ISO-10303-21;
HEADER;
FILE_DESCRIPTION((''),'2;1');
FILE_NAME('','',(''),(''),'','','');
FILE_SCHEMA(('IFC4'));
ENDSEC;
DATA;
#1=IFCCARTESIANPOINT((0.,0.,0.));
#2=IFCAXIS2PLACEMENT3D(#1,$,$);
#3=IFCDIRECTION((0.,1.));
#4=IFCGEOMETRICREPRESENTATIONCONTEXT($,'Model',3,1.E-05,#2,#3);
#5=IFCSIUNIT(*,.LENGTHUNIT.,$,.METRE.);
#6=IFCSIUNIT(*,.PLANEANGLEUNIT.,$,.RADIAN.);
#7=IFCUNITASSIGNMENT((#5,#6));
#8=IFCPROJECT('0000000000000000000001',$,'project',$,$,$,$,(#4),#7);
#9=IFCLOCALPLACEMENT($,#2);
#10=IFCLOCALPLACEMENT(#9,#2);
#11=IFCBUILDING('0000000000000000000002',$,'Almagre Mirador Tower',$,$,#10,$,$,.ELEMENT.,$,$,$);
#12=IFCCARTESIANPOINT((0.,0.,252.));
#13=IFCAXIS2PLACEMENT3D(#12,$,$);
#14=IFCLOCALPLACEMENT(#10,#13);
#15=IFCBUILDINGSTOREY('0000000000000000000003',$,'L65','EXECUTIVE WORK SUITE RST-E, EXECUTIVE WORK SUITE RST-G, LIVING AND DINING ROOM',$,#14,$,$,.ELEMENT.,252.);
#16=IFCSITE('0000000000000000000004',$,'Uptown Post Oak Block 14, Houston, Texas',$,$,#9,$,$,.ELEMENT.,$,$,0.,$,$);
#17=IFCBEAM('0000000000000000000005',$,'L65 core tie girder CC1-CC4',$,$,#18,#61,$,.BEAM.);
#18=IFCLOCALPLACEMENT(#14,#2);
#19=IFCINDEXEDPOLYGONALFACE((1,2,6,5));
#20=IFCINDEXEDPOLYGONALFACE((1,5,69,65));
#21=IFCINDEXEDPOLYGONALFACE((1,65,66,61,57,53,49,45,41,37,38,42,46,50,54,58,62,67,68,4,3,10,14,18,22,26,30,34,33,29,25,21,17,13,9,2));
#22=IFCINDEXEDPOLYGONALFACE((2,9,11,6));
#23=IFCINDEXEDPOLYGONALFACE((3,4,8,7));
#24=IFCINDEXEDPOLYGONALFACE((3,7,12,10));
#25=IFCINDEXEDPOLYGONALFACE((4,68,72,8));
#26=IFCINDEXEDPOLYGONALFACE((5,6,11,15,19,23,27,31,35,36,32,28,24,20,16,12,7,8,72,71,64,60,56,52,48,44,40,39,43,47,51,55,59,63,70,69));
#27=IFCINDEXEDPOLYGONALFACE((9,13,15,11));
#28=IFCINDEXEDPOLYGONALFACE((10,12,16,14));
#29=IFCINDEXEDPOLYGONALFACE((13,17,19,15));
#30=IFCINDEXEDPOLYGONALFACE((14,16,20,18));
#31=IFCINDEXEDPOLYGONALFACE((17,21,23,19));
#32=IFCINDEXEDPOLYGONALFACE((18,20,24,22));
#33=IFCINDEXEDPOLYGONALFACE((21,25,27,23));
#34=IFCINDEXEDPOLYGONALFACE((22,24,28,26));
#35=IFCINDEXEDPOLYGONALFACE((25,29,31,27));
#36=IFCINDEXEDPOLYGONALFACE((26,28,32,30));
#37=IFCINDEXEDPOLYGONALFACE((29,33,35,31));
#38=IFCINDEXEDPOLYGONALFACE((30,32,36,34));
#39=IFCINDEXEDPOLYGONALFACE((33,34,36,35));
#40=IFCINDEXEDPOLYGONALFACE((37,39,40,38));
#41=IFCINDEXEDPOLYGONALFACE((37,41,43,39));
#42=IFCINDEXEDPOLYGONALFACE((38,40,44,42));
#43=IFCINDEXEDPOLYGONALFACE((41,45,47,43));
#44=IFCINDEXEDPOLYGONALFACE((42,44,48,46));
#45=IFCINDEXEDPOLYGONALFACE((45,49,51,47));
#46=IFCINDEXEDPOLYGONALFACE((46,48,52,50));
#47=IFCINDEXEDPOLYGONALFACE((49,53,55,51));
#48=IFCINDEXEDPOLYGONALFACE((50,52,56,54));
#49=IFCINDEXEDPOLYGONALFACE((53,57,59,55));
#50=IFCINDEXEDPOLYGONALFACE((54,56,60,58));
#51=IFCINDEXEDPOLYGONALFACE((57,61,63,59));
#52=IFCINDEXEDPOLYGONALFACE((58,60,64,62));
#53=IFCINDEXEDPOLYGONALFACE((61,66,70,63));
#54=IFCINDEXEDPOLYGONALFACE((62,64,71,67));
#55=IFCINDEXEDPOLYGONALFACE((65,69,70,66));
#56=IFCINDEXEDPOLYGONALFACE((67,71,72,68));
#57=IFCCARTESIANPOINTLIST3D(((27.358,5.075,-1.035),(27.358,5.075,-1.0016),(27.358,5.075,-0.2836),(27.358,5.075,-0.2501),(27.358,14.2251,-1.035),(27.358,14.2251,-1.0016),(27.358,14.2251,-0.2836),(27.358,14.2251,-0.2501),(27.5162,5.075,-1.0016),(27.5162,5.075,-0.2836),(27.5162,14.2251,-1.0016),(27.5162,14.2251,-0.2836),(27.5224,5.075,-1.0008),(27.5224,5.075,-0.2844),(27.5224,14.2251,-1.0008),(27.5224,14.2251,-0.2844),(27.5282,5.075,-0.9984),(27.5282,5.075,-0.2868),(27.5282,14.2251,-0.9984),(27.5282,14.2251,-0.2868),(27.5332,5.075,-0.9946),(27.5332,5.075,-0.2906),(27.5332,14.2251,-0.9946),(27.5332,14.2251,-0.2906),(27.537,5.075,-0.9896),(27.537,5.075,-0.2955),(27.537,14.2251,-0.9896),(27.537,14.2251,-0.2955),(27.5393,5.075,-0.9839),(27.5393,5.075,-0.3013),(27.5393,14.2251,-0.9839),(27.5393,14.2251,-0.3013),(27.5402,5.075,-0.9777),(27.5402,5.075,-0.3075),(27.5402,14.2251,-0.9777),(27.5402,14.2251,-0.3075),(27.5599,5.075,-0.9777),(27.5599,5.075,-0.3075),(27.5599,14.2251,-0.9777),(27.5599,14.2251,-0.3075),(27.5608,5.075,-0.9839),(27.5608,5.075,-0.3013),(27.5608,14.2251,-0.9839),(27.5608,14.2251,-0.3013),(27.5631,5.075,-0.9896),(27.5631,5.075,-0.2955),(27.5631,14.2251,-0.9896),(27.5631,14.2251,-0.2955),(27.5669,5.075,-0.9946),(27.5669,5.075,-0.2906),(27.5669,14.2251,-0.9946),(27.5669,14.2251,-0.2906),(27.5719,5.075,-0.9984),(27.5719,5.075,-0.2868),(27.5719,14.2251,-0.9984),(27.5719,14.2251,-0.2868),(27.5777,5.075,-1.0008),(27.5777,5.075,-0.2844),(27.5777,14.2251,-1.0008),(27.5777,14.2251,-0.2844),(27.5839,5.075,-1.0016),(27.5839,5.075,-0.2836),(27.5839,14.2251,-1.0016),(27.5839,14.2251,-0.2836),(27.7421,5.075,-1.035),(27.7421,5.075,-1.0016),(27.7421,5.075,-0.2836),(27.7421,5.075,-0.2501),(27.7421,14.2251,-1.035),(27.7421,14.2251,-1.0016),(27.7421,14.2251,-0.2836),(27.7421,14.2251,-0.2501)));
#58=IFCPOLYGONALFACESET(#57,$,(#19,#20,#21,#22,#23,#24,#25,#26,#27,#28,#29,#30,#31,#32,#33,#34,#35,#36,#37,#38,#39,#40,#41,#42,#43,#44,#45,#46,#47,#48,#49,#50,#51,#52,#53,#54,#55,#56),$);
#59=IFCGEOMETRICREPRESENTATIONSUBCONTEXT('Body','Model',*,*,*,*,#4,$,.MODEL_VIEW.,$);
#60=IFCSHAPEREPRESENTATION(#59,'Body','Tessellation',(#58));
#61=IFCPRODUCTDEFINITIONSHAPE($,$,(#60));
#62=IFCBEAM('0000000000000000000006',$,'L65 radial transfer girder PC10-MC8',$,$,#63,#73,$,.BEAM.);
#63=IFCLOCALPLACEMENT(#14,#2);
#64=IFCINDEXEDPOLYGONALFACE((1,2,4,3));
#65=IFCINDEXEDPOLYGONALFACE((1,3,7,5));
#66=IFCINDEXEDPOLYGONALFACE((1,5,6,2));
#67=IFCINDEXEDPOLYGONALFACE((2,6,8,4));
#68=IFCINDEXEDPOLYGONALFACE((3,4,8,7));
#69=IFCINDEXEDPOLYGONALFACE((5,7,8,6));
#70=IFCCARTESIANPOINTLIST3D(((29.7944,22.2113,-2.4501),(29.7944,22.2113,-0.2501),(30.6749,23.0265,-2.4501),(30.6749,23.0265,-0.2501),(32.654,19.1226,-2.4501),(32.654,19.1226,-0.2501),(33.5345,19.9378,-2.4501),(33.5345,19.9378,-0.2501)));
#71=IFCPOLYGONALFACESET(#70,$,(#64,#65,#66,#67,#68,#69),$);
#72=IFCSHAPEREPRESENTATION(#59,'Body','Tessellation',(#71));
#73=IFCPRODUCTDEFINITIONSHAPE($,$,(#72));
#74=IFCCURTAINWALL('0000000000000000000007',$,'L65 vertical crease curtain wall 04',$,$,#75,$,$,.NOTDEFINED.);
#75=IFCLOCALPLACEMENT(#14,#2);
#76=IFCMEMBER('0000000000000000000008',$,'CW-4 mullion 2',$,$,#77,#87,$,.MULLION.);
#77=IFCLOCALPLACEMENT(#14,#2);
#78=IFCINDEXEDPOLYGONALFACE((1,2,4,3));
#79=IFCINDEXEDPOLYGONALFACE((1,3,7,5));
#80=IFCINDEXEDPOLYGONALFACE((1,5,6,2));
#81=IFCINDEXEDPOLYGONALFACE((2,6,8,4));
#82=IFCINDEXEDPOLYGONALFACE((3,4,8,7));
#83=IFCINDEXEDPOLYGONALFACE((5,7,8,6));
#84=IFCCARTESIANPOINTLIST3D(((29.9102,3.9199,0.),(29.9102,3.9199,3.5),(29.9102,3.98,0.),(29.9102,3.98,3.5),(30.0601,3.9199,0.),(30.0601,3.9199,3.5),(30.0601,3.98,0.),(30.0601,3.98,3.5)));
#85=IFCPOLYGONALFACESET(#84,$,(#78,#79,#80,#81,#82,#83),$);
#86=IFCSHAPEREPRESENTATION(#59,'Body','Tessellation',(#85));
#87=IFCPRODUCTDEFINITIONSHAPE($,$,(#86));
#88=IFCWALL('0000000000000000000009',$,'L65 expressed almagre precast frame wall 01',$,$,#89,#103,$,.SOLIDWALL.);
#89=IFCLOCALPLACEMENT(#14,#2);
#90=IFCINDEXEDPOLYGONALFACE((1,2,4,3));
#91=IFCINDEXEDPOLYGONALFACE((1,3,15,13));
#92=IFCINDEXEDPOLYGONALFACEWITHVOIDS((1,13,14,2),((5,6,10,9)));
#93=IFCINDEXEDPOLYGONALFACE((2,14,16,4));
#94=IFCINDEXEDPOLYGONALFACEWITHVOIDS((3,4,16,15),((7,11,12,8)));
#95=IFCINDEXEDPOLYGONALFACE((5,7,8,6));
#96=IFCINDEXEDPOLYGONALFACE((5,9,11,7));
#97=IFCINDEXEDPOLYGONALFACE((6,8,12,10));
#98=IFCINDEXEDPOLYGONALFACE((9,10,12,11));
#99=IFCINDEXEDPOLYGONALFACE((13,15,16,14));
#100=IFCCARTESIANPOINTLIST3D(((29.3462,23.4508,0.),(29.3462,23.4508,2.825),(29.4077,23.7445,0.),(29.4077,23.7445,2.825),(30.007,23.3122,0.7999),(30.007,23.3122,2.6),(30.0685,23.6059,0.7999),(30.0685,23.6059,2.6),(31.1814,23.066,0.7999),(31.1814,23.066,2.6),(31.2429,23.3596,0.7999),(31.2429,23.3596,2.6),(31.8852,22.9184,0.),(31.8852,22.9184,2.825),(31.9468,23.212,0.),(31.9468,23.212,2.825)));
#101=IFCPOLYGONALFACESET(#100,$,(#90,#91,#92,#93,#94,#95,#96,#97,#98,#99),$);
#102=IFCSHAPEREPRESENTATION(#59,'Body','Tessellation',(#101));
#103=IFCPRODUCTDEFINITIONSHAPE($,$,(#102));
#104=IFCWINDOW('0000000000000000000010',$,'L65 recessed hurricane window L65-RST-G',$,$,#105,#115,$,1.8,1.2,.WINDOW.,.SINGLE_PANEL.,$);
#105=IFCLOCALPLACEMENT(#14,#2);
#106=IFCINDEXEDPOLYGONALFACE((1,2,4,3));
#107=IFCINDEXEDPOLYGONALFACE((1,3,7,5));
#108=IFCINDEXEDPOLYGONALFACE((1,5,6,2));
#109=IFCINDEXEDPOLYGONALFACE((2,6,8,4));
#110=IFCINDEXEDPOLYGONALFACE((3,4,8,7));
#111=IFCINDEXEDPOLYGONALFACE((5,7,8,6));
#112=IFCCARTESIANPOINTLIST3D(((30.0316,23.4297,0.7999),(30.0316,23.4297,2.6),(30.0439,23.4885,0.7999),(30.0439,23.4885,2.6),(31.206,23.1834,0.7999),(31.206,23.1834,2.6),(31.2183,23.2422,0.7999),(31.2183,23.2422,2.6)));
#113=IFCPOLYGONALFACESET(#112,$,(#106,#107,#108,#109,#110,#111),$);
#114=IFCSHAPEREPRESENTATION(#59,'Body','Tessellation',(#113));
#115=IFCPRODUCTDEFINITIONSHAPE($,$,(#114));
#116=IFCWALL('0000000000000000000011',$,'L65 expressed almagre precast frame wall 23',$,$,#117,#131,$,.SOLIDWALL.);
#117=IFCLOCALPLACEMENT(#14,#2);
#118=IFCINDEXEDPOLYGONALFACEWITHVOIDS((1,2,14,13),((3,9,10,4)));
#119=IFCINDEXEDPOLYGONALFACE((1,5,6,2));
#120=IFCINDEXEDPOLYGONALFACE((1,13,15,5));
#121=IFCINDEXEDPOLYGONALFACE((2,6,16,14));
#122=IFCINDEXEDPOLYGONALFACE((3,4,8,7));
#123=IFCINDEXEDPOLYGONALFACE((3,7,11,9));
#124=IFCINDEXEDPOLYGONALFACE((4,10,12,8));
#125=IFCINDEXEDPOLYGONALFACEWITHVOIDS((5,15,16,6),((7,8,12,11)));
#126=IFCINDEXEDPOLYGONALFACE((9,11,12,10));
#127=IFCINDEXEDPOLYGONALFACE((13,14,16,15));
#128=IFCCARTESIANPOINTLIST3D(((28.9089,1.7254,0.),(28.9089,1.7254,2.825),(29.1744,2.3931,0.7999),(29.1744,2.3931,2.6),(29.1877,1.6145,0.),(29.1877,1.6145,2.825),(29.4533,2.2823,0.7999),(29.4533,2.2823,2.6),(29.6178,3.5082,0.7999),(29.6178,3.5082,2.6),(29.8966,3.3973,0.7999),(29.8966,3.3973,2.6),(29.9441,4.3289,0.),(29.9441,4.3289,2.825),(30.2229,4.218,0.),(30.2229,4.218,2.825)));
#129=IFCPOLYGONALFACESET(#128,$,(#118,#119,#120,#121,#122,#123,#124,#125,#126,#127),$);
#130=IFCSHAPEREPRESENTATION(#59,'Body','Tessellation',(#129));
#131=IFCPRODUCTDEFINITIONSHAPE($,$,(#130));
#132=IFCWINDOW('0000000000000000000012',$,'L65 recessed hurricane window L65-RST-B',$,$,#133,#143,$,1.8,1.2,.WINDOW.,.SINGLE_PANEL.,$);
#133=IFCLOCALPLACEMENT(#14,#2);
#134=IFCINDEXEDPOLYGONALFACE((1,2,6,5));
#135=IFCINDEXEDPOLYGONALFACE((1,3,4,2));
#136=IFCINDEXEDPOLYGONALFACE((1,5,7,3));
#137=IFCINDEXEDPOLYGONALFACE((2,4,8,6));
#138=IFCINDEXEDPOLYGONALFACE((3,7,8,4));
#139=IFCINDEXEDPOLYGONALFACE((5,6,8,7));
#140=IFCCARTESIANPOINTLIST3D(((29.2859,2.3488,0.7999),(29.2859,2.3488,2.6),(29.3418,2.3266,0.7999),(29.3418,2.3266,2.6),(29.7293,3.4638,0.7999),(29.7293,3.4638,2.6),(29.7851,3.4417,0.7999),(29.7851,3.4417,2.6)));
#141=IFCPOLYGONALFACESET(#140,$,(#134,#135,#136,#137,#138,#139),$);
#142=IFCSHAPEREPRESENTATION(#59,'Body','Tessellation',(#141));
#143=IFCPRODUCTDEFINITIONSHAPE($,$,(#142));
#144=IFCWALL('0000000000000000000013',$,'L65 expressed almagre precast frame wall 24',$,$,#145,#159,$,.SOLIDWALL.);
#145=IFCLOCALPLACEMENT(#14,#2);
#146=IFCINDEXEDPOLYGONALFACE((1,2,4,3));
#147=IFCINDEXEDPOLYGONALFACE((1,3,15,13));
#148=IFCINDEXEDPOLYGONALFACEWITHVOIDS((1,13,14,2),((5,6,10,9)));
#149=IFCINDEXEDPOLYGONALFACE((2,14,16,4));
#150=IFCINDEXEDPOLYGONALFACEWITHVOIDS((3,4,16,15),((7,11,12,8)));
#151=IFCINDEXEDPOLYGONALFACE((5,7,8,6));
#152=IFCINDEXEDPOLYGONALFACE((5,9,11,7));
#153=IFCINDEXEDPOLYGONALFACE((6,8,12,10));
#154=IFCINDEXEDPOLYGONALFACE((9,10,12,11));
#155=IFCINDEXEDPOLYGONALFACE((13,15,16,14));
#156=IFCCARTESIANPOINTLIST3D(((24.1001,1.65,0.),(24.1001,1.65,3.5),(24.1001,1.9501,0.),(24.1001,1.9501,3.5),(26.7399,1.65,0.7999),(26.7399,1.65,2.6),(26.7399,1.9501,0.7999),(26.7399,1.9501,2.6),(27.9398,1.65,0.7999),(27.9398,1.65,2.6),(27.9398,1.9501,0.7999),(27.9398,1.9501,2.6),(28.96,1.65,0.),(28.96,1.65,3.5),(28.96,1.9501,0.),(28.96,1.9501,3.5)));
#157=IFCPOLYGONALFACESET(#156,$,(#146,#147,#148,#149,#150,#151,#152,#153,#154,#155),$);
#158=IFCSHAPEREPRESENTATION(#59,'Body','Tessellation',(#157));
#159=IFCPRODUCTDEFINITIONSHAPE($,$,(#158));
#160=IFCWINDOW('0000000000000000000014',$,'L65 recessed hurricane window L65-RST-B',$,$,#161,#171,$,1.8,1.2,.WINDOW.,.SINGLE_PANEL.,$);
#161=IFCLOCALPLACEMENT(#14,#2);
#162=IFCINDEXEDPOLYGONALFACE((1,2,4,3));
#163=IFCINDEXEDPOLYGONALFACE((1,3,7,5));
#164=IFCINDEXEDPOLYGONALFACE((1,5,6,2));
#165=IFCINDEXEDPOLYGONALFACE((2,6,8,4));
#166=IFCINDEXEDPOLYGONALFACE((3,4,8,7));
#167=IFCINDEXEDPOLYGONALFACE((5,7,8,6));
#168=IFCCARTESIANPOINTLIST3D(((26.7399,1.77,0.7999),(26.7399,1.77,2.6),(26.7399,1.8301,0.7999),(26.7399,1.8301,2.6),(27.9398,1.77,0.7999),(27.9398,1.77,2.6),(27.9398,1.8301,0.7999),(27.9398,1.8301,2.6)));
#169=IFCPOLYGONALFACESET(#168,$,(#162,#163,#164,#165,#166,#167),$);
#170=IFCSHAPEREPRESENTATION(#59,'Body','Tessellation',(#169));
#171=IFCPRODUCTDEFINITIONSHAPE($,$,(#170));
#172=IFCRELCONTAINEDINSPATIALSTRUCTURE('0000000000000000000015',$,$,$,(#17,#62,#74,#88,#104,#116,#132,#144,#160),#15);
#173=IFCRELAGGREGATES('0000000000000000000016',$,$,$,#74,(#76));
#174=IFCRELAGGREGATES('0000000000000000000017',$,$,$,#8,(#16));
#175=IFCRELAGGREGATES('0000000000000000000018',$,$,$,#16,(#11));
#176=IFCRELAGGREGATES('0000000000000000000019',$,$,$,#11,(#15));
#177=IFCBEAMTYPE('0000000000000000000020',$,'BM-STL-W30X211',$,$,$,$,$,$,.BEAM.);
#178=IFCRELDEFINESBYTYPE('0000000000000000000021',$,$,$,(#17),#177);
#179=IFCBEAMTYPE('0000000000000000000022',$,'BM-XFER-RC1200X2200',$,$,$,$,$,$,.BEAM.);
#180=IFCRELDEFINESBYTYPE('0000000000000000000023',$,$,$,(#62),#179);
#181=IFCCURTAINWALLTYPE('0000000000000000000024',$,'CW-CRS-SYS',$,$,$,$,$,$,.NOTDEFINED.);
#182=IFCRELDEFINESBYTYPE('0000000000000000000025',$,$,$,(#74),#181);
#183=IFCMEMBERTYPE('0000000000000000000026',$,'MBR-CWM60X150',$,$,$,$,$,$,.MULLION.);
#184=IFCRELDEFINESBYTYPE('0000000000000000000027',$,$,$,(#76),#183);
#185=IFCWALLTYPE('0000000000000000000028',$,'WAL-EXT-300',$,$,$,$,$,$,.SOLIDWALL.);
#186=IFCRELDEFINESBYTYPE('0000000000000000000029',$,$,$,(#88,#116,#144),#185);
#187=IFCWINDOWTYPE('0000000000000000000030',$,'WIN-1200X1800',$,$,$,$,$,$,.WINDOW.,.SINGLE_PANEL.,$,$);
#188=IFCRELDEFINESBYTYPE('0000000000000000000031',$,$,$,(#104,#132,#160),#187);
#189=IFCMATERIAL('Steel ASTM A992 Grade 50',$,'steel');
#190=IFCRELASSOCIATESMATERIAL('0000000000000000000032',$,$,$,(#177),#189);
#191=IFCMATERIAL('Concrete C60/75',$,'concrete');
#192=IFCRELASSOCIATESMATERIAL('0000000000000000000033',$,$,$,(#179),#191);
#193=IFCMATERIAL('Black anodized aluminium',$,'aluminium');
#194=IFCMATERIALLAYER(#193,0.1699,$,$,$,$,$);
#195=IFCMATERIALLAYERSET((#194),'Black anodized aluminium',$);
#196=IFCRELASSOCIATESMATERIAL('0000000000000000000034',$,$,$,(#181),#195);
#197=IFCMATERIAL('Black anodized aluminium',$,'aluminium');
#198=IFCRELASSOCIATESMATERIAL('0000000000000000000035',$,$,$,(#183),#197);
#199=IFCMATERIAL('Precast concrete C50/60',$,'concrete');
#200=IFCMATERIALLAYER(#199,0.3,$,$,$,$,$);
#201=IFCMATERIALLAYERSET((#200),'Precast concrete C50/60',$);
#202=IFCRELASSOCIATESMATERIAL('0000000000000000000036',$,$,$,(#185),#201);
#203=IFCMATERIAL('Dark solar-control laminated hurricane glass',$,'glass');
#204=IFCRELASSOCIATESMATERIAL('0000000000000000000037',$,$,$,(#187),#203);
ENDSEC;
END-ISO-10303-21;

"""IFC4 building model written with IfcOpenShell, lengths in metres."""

from ifc_helpers import new_model, si_unit, direction, frame, frame_2d, origin, origin_2d, place, context, subcontext, project, spatial, rectangle, i_section, extrude, material, layer, layer_set, material_profile, profile_set, type_object, element, fill, aggregate, save


model = new_model("IFC4")

# Units and contexts
model_context = context("Model", 3, precision=1e-05, world=origin(), true_north=direction((0.0, 1.0)))
body_context = subcontext(model_context, "Body", "Model", "MODEL_VIEW")
ifc_project = project(units=[si_unit("LENGTHUNIT", "METRE"), si_unit("PLANEANGLEUNIT", "RADIAN")], contexts=[model_context])

# Site, building, storey
site_placement = place(None, origin())
site = spatial("IfcSite", under=ifc_project, at=site_placement, Name="Uptown Post Oak Block 14, Houston, Texas", CompositionType="ELEMENT", RefElevation=0.0)
building_placement = place(site_placement, origin())
building = spatial("IfcBuilding", under=site, at=building_placement, Name="Almagre Mirador Tower", CompositionType="ELEMENT")
storey_placement = place(building_placement, frame((0.0, 0.0, 252.0)))
storey = spatial("IfcBuildingStorey", under=building, at=storey_placement, Name="L65", Description="EXECUTIVE WORK SUITE RST-E, EXECUTIVE WORK SUITE RST-G, LIVING AND DINING ROOM", CompositionType="ELEMENT", Elevation=252.0)

# Beams
ifc_material_1 = material(Name="Steel ASTM A992 Grade 50", Category="steel")
ifc_material_profile_1 = material_profile(ifc_material_1, i_section(OverallWidth=0.384, OverallDepth=0.7849, WebThickness=0.0198, FlangeThickness=0.0334, FilletRadius=0.0239, at=origin_2d()), Name="W30X211")
ifc_profile_set_1 = profile_set([ifc_material_profile_1], Name="Steel ASTM A992 Grade 50")
beam_type_1 = type_object("IfcBeamType", Name="BM-STL-W30X211", PredefinedType="BEAM", material=ifc_profile_set_1)
beam_1_placement = place(storey_placement, frame((27.55, 5.075, -0.6426), z_axis=(0.0, 1.0, 0.0), x_axis=(-1.0, 0.0, 0.0)))
element("IfcBeam", 1, at=beam_1_placement, inside=storey, type_object=beam_type_1, Name="L65 core tie girder CC1-CC4", PredefinedType="BEAM", context=body_context, shape_type="SweptSolid", body=[
    extrude(i_section(OverallWidth=0.384, OverallDepth=0.7849, WebThickness=0.0198, FlangeThickness=0.0334, FilletRadius=0.0239, at=origin_2d()), origin(), (0.0, 0.0, 1.0), 9.1501),
])
ifc_material_2 = material(Name="Concrete C60/75", Category="concrete")
ifc_material_profile_2 = material_profile(ifc_material_2, rectangle(XDim=1.2, YDim=2.2, at=origin_2d()), Name="RC1200X2200")
ifc_profile_set_2 = profile_set([ifc_material_profile_2], Name="Concrete C60/75")
beam_type_2 = type_object("IfcBeamType", Name="BM-XFER-RC1200X2200", PredefinedType="BEAM", material=ifc_profile_set_2)
beam_2_placement = place(storey_placement, frame((30.2346, 22.6189, -1.3501), z_axis=(0.67938, -0.733786, 0.0), x_axis=(0.733786, 0.67938, 0.0)))
element("IfcBeam", 2, at=beam_2_placement, inside=storey, type_object=beam_type_2, Name="L65 radial transfer girder PC10-MC8", PredefinedType="BEAM", context=body_context, shape_type="SweptSolid", body=[
    extrude(rectangle(XDim=1.2, YDim=2.2, at=origin_2d()), origin(), (0.0, 0.0, 1.0), 4.2092),
])

# Curtain wall, member
ifc_material_3 = material(Name="Black anodized aluminium", Category="aluminium")
ifc_layer_1 = layer(ifc_material_3, 0.1699)
ifc_layer_set_1 = layer_set([ifc_layer_1], Name="Black anodized aluminium")
curtain_wall_type = type_object("IfcCurtainWallType", Name="CW-CRS-SYS", PredefinedType="NOTDEFINED", material=ifc_layer_set_1)
curtain_wall_placement = place(storey_placement, origin())
curtain_wall = element("IfcCurtainWall", 3, at=curtain_wall_placement, inside=storey, type_object=curtain_wall_type, Name="L65 vertical crease curtain wall 04", PredefinedType="NOTDEFINED")
ifc_material_4 = material(Name="Black anodized aluminium", Category="aluminium")
ifc_material_profile_3 = material_profile(ifc_material_4, rectangle(XDim=0.0601, YDim=0.1499, at=origin_2d()), Name="CWM60X150")
ifc_profile_set_3 = profile_set([ifc_material_profile_3], Name="Black anodized aluminium")
member_type = type_object("IfcMemberType", Name="MBR-CWM60X150", PredefinedType="MULLION", material=ifc_profile_set_3)
member_placement = place(storey_placement, frame((29.9851, 3.95, 0.0), z_axis=(0.0, 0.0, 1.0), x_axis=(0.0, -1.0, 0.0)))
member = element("IfcMember", 4, at=member_placement, type_object=member_type, Name="CW-4 mullion 2", PredefinedType="MULLION", context=body_context, shape_type="SweptSolid", body=[
    extrude(rectangle(XDim=0.0601, YDim=0.1499, at=origin_2d()), origin(), (0.0, 0.0, 1.0), 3.5),
])
aggregate(curtain_wall, [member])

# Walls, openings, windows
ifc_material_5 = material(Name="Precast concrete C50/60", Category="concrete")
ifc_layer_2 = layer(ifc_material_5, 0.3)
ifc_layer_set_2 = layer_set([ifc_layer_2], Name="Precast concrete C50/60")
wall_type_1 = type_object("IfcWallType", Name="WAL-EXT-300", PredefinedType="SOLIDWALL", material=ifc_layer_set_2)
wall_1_placement = place(storey_placement, frame((29.377, 23.5977, 0.0), z_axis=(0.0, 0.0, 1.0), x_axis=(0.97871, -0.205247, 0.0)))
wall_1 = element("IfcWall", 5, at=wall_1_placement, inside=storey, type_object=wall_type_1, Name="L65 expressed almagre precast frame wall 01", PredefinedType="SOLIDWALL", context=body_context, shape_type="SweptSolid", body=[
    extrude(rectangle(XDim=2.5942, YDim=0.3, at=frame_2d((1.2971, 0.0))), origin(), (0.0, 0.0, 1.0), 2.825),
])
opening_1_placement = place(wall_1_placement, frame((0.675, 0.0, 0.8)))
opening_1 = element("IfcOpeningElement", 6, at=opening_1_placement, cuts=wall_1, PredefinedType="OPENING", context=body_context, shape_type="SweptSolid", body=[
    extrude(rectangle(XDim=1.2, YDim=1.8, at=frame_2d((0.6001, 0.8999))), frame((0.0, 0.1599, 0.0), z_axis=(0.0, -1.0, 0.0), x_axis=(1.0, 0.0, 0.0)), (0.0, 0.0, 1.0), 0.32),
])
ifc_material_6 = material(Name="Dark solar-control laminated hurricane glass", Category="glass")
window_type_1 = type_object("IfcWindowType", Name="WIN-1200X1800", PartitioningType="SINGLE_PANEL", PredefinedType="WINDOW", material=ifc_material_6)
window_1_placement = place(opening_1_placement, origin())
window_1 = element("IfcWindow", 7, at=window_1_placement, inside=storey, type_object=window_type_1, Name="L65 recessed hurricane window L65-RST-G", OverallHeight=1.8, OverallWidth=1.2, PartitioningType="SINGLE_PANEL", PredefinedType="WINDOW", context=body_context, shape_type="SweptSolid", body=[
    extrude(rectangle(XDim=1.2, YDim=1.8, at=frame_2d((0.6001, 0.8999))), frame((0.0, 0.03, 0.0), z_axis=(0.0, -1.0, 0.0), x_axis=(1.0, 0.0, 0.0)), (0.0, 0.0, 1.0), 0.0601),
])
fill(opening_1, window_1)
wall_2_placement = place(storey_placement, frame((30.0835, 4.2734, 0.0), z_axis=(0.0, 0.0, 1.0), x_axis=(-0.369467, -0.929244, 0.0)))
wall_2 = element("IfcWall", 8, at=wall_2_placement, inside=storey, type_object=wall_type_1, Name="L65 expressed almagre precast frame wall 23", PredefinedType="SOLIDWALL", context=body_context, shape_type="SweptSolid", body=[
    extrude(rectangle(XDim=2.8018, YDim=0.3, at=frame_2d((1.4009, 0.0))), origin(), (0.0, 0.0, 1.0), 2.825),
])
opening_2_placement = place(wall_2_placement, frame((0.8831, 0.0, 0.8)))
opening_2 = element("IfcOpeningElement", 9, at=opening_2_placement, cuts=wall_2, PredefinedType="OPENING", context=body_context, shape_type="SweptSolid", body=[
    extrude(rectangle(XDim=1.2, YDim=1.8, at=frame_2d((0.6001, 0.8999))), frame((0.0, 0.1599, 0.0), z_axis=(0.0, -1.0, 0.0), x_axis=(1.0, 0.0, 0.0)), (0.0, 0.0, 1.0), 0.32),
])
window_2_placement = place(opening_2_placement, origin())
window_2 = element("IfcWindow", 10, at=window_2_placement, inside=storey, type_object=window_type_1, Name="L65 recessed hurricane window L65-RST-B", OverallHeight=1.8, OverallWidth=1.2, PartitioningType="SINGLE_PANEL", PredefinedType="WINDOW", context=body_context, shape_type="SweptSolid", body=[
    extrude(rectangle(XDim=1.2, YDim=1.8, at=frame_2d((0.6001, 0.8999))), frame((0.0, 0.03, 0.0), z_axis=(0.0, -1.0, 0.0), x_axis=(1.0, 0.0, 0.0)), (0.0, 0.0, 1.0), 0.0601),
])
fill(opening_2, window_2)
wall_3_placement = place(storey_placement, frame((28.96, 1.8, 0.0), z_axis=(0.0, 0.0, 1.0), x_axis=(-1.0, 0.0, 0.0)))
wall_3 = element("IfcWall", 11, at=wall_3_placement, inside=storey, type_object=wall_type_1, Name="L65 expressed almagre precast frame wall 24", PredefinedType="SOLIDWALL", context=body_context, shape_type="SweptSolid", body=[
    extrude(rectangle(XDim=4.8599, YDim=0.3, at=frame_2d((2.4299, 0.0))), origin(), (0.0, 0.0, 1.0), 3.5),
])
opening_3_placement = place(wall_3_placement, frame((1.02, 0.0, 0.8)))
opening_3 = element("IfcOpeningElement", 12, at=opening_3_placement, cuts=wall_3, PredefinedType="OPENING", context=body_context, shape_type="SweptSolid", body=[
    extrude(rectangle(XDim=1.2, YDim=1.8, at=frame_2d((0.6001, 0.8999))), frame((0.0, 0.1599, 0.0), z_axis=(0.0, -1.0, 0.0), x_axis=(1.0, 0.0, 0.0)), (0.0, 0.0, 1.0), 0.32),
])
window_3_placement = place(opening_3_placement, origin())
window_3 = element("IfcWindow", 13, at=window_3_placement, inside=storey, type_object=window_type_1, Name="L65 recessed hurricane window L65-RST-B", OverallHeight=1.8, OverallWidth=1.2, PartitioningType="SINGLE_PANEL", PredefinedType="WINDOW", context=body_context, shape_type="SweptSolid", body=[
    extrude(rectangle(XDim=1.2, YDim=1.8, at=frame_2d((0.6001, 0.8999))), frame((0.0, 0.03, 0.0), z_axis=(0.0, -1.0, 0.0), x_axis=(1.0, 0.0, 0.0)), (0.0, 0.0, 1.0), 0.0601),
])
fill(opening_3, window_3)

save(model, "model.ifc")
